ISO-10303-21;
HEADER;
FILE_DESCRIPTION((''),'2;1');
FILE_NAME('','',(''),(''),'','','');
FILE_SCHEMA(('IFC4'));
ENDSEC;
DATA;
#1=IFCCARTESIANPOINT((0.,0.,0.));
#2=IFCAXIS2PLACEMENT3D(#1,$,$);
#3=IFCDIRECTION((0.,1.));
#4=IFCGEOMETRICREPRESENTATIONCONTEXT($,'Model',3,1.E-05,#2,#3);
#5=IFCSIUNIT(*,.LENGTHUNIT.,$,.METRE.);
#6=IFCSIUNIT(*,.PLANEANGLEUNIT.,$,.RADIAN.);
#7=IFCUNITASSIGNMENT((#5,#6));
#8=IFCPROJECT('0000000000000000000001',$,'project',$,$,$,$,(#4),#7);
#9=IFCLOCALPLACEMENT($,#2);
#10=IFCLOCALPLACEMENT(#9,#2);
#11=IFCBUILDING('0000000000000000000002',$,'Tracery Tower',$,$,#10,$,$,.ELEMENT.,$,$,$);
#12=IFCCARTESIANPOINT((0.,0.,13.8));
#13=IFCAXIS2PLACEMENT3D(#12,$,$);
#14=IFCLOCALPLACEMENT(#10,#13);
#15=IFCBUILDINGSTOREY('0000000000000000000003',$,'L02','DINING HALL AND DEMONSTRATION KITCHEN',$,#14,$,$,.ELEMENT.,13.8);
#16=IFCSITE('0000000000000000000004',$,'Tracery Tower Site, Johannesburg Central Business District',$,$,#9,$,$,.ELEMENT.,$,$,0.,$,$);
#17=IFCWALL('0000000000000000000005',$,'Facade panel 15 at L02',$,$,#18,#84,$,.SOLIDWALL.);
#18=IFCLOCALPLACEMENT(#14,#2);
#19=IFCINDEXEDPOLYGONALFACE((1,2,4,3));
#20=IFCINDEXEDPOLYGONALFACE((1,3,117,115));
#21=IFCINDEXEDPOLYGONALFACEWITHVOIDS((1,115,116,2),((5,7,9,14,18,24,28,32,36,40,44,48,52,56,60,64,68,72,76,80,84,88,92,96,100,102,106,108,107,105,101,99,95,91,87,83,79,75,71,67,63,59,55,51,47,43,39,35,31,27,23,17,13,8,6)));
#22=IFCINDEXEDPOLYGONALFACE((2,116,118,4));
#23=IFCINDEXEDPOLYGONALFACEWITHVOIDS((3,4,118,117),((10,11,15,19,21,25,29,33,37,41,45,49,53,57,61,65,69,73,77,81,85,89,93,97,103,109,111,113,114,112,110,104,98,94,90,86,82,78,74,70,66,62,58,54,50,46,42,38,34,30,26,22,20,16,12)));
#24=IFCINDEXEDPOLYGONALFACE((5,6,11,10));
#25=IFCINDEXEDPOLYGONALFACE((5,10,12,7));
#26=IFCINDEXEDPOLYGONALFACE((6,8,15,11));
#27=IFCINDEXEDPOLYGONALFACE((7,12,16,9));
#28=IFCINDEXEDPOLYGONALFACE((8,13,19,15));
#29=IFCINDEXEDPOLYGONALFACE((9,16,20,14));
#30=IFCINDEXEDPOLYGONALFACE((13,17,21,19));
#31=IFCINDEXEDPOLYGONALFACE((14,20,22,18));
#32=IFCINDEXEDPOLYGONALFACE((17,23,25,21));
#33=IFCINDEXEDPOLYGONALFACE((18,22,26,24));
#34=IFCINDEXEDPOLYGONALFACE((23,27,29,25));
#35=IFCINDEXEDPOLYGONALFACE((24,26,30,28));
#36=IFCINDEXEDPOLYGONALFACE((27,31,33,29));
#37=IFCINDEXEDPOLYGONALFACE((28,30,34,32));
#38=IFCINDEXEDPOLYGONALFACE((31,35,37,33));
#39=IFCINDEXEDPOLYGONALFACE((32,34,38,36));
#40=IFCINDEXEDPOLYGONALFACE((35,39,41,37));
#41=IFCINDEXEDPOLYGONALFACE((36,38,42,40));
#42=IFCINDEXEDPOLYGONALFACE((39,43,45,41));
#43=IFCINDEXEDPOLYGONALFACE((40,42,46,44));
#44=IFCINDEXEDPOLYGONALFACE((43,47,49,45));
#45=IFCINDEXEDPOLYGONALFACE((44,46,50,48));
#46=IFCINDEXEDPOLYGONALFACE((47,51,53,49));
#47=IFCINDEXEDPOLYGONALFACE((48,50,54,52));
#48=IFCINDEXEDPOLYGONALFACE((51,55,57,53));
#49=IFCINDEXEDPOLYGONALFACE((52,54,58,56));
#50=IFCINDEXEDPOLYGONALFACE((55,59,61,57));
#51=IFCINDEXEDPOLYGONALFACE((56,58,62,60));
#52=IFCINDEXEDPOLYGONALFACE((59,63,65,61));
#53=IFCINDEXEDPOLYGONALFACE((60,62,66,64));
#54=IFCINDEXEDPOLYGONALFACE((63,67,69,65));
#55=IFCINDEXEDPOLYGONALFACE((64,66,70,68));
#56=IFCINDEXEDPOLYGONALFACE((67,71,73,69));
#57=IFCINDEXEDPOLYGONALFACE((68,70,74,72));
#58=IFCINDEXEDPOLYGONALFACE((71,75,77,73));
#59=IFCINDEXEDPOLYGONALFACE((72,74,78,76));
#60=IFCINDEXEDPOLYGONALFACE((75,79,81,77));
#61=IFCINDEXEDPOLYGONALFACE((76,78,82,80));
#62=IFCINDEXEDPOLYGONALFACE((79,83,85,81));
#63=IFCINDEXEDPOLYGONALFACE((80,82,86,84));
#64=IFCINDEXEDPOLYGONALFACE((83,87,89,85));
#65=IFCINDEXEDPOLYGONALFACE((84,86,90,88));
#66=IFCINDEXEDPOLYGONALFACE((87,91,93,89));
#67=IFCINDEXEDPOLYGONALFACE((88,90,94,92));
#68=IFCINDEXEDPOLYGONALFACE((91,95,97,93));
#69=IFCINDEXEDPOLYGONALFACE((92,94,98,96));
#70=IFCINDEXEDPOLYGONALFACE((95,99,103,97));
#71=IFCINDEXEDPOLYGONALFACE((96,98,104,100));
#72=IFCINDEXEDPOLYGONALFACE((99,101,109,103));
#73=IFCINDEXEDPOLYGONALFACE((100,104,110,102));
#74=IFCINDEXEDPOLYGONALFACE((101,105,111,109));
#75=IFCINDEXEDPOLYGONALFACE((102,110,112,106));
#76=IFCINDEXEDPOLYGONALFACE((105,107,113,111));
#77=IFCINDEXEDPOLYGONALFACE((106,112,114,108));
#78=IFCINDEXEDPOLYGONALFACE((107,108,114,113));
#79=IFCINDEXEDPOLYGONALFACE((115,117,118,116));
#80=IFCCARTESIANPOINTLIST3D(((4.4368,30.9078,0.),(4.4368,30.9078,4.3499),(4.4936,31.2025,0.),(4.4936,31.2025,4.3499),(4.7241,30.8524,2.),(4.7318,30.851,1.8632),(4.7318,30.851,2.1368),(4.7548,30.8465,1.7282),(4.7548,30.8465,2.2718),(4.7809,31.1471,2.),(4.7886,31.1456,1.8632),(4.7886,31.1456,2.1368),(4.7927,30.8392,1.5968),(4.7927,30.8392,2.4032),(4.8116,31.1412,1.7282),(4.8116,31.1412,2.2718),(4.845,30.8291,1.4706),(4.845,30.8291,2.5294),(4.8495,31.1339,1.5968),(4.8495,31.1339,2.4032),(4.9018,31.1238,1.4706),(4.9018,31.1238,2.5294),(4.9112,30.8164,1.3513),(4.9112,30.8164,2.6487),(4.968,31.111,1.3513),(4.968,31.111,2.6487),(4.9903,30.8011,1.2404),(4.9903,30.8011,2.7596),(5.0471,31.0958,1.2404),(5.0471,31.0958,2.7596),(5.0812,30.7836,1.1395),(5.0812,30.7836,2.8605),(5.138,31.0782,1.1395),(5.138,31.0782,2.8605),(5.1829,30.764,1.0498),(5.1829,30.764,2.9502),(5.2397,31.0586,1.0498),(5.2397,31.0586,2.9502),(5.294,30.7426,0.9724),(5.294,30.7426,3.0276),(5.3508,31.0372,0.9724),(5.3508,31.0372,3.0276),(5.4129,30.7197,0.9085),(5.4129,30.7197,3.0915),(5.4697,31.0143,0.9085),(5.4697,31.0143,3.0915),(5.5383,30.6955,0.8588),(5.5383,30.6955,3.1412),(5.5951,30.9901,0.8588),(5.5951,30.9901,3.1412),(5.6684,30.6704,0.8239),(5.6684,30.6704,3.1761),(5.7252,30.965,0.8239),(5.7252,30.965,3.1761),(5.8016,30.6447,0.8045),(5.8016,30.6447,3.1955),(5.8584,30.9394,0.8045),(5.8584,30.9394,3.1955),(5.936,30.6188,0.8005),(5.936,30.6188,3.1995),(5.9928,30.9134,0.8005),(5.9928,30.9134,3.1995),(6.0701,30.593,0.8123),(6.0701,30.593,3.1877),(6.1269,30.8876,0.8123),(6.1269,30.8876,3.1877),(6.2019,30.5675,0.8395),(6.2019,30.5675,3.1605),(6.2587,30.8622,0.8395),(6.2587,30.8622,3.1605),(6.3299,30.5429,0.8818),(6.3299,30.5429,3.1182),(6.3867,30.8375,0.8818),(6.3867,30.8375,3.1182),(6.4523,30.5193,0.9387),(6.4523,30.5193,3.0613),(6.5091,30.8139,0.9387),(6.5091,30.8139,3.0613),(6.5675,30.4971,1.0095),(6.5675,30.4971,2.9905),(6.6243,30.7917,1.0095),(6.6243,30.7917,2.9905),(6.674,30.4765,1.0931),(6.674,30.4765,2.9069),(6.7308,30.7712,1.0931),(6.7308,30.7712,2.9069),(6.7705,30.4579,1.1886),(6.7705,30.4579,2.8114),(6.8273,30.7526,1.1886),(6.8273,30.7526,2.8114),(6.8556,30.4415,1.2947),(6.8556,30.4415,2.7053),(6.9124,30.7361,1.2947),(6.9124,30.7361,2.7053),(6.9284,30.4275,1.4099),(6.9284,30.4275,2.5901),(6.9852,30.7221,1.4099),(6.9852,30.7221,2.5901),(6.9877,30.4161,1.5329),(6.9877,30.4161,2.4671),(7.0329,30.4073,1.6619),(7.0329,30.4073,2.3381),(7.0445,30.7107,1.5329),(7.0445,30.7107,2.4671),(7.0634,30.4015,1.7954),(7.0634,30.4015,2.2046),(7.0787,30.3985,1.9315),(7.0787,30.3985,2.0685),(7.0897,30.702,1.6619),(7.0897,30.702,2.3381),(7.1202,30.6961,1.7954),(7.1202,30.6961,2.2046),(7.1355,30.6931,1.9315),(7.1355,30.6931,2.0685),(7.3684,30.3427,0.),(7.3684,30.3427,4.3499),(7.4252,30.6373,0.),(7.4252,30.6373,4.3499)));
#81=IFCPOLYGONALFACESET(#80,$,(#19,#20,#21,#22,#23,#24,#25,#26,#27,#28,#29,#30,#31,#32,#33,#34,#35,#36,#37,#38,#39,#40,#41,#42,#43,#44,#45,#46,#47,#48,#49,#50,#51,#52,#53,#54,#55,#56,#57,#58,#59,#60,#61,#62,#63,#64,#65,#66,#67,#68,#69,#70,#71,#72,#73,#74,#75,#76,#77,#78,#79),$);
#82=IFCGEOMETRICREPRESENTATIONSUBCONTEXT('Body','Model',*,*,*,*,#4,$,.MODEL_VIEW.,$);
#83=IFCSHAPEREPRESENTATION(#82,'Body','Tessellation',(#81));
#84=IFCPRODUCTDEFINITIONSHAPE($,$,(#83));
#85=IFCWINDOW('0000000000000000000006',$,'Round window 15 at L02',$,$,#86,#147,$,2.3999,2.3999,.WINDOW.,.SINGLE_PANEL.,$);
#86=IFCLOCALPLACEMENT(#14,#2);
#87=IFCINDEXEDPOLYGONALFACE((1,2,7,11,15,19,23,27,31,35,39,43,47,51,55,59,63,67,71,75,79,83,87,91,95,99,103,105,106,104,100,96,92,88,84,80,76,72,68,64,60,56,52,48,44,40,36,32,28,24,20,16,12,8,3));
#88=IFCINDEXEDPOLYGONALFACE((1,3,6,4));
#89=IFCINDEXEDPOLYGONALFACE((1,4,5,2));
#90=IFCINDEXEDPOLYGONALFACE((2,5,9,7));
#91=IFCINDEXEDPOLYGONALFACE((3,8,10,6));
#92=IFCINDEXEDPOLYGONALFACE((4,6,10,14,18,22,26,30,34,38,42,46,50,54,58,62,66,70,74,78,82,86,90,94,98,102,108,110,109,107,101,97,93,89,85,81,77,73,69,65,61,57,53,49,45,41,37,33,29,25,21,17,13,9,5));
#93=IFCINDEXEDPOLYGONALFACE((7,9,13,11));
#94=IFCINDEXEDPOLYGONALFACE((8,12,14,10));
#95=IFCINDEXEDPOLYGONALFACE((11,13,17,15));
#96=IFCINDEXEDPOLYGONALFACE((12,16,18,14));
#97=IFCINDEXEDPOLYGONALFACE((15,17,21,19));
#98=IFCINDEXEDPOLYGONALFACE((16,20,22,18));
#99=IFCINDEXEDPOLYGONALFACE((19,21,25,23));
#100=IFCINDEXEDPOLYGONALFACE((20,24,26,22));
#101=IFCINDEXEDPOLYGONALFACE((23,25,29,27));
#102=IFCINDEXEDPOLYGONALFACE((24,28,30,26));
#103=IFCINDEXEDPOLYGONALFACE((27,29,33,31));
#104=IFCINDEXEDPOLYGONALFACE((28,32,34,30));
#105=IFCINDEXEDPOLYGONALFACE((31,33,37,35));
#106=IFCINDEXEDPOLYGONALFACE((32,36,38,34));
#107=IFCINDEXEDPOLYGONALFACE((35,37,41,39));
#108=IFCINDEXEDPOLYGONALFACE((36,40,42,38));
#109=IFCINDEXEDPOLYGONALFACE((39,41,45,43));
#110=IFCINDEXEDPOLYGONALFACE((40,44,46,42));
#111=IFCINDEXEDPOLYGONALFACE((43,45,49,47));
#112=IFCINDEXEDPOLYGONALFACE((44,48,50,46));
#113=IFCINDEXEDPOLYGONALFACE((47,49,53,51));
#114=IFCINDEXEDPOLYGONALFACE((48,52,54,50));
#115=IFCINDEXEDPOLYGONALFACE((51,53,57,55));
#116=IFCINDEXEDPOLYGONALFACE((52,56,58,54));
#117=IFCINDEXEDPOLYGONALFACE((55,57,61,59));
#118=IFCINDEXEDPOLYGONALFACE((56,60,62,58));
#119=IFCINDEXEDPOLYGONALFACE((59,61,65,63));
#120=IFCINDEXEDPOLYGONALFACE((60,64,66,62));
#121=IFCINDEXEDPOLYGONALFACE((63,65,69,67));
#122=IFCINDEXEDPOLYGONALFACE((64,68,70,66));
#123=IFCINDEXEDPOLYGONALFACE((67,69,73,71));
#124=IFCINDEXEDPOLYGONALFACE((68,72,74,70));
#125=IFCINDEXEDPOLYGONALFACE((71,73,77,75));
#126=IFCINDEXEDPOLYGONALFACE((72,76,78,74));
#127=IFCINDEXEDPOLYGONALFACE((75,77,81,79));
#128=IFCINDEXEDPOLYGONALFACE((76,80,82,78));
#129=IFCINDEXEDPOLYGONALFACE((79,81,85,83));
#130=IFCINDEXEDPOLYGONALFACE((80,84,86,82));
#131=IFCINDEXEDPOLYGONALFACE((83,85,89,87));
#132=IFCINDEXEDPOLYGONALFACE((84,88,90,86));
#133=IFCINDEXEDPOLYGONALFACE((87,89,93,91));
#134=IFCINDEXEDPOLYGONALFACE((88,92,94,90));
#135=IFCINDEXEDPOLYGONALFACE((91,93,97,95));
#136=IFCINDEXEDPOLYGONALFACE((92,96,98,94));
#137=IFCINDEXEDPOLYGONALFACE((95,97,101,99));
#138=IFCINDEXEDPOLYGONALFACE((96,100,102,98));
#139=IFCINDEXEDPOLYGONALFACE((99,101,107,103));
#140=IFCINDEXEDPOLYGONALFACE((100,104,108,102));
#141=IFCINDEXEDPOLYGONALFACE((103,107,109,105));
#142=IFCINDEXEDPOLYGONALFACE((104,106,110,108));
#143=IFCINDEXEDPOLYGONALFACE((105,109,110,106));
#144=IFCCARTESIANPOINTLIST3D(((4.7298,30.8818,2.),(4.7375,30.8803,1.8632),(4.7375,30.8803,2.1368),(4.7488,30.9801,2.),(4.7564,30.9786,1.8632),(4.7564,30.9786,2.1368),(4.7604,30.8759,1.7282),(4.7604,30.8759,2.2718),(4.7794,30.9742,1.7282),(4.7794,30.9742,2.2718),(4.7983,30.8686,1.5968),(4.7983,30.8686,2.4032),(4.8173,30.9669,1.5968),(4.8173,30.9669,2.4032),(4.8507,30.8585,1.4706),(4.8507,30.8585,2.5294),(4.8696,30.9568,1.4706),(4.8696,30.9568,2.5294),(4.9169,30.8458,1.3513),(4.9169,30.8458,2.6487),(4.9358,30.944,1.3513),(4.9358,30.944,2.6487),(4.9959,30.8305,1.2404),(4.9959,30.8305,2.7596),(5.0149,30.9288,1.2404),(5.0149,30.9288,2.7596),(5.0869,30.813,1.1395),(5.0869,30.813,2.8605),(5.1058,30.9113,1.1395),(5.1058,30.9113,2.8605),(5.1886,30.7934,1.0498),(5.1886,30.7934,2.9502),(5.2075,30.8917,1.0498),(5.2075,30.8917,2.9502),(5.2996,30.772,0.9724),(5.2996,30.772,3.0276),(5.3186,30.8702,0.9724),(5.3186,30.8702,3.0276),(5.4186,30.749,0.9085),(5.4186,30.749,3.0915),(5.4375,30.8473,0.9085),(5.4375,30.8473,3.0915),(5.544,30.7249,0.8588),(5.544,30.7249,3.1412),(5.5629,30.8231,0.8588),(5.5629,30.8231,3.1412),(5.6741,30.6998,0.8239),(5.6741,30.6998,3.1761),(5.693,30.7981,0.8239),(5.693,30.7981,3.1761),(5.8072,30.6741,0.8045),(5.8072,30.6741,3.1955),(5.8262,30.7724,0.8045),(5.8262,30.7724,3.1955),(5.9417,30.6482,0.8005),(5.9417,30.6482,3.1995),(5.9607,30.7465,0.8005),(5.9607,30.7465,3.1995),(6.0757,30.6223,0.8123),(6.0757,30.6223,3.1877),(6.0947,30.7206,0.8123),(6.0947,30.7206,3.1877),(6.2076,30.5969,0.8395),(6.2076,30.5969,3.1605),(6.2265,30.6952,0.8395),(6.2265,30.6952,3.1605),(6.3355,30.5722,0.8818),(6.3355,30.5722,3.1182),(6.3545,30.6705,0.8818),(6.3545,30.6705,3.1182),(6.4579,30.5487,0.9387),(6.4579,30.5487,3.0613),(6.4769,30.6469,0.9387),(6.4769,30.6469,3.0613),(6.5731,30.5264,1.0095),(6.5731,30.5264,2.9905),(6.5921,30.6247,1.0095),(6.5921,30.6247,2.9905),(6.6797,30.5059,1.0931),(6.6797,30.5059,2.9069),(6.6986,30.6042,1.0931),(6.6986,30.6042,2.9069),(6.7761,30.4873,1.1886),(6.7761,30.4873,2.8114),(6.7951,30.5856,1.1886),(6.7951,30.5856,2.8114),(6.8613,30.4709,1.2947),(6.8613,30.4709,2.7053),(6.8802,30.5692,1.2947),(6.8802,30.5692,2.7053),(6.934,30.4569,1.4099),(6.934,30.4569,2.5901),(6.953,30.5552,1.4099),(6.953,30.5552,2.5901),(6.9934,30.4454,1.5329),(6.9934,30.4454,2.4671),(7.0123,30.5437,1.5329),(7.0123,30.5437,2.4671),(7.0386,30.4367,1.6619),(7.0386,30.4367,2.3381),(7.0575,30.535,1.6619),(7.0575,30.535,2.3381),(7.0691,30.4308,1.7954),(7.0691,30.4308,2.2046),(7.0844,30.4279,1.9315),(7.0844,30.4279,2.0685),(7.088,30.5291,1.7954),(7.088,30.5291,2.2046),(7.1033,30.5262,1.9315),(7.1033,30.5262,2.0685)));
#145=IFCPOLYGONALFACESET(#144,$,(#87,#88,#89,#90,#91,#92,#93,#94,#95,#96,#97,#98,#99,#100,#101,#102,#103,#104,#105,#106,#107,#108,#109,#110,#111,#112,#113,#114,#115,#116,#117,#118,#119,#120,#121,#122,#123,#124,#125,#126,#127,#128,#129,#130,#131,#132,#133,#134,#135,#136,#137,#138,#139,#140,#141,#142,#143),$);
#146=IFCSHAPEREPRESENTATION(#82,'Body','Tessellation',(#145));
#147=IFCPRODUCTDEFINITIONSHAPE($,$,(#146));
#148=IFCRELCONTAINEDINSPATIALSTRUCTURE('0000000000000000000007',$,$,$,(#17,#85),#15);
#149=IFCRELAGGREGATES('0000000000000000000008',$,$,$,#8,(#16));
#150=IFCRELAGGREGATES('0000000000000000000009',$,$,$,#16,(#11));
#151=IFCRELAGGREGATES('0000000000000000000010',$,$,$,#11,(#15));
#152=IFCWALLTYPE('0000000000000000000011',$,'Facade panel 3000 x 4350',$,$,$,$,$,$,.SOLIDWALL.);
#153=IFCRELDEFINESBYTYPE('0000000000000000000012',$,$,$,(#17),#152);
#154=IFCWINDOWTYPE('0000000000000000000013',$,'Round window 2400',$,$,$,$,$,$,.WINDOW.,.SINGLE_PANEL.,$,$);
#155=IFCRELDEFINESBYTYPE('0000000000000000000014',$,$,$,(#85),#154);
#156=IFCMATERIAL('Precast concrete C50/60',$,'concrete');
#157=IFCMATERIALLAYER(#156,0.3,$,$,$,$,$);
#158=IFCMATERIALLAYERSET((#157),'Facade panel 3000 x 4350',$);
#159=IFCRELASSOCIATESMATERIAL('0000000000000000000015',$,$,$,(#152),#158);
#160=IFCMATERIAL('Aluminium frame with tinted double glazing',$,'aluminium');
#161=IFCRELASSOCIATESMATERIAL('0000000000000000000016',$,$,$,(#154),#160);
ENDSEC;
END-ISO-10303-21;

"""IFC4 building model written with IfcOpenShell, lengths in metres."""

from ifc_helpers import new_model, si_unit, direction, frame, frame_2d, origin, origin_2d, place, context, subcontext, project, spatial, rectangle, circle, extrude, material, layer, layer_set, type_object, element, fill, save


model = new_model("IFC4")

# Units and contexts
model_context = context("Model", 3, precision=1e-05, world=origin(), true_north=direction((0.0, 1.0)))
body_context = subcontext(model_context, "Body", "Model", "MODEL_VIEW")
ifc_project = project(units=[si_unit("LENGTHUNIT", "METRE"), si_unit("PLANEANGLEUNIT", "RADIAN")], contexts=[model_context])

# Site, building, storey
site_placement = place(None, origin())
site = spatial("IfcSite", under=ifc_project, at=site_placement, Name="Tracery Tower Site, Johannesburg Central Business District", CompositionType="ELEMENT", RefElevation=0.0)
building_placement = place(site_placement, origin())
building = spatial("IfcBuilding", under=site, at=building_placement, Name="Tracery Tower", CompositionType="ELEMENT")
storey_placement = place(building_placement, frame((0.0, 0.0, 13.8)))
storey = spatial("IfcBuildingStorey", under=building, at=storey_placement, Name="L02", Description="DINING HALL AND DEMONSTRATION KITCHEN", CompositionType="ELEMENT", Elevation=13.8)

# Wall, opening, window
ifc_material_1 = material(Name="Precast concrete C50/60", Category="concrete")
ifc_layer_1 = layer(ifc_material_1, 0.3)
ifc_layer_set_1 = layer_set([ifc_layer_1], Name="Facade panel 3000 x 4350")
wall_type_1 = type_object("IfcWallType", Name="Facade panel 3000 x 4350", PredefinedType="SOLIDWALL", material=ifc_layer_set_1)
wall_1_placement = place(storey_placement, frame((7.3967, 30.49, 0.0), z_axis=(0.0, 0.0, 1.0), x_axis=(-0.981919, 0.189302, 0.0)))
wall_1 = element("IfcWall", 1, at=wall_1_placement, inside=storey, type_object=wall_type_1, Name="Facade panel 15 at L02", PredefinedType="SOLIDWALL", context=body_context, shape_type="SweptSolid", body=[
    extrude(rectangle(XDim=2.9856, YDim=0.3, at=frame_2d((1.4927, 0.0))), origin(), (0.0, 0.0, 1.0), 4.3499),
])
opening_1_placement = place(wall_1_placement, frame((1.4929, 0.0, 2.0)))
opening_1 = element("IfcOpeningElement", 2, at=opening_1_placement, cuts=wall_1, PredefinedType="OPENING", context=body_context, shape_type="SweptSolid", body=[
    extrude(circle(Radius=1.2, at=origin_2d()), frame((0.0, 0.1599, 0.0), z_axis=(0.0, -1.0, 0.0), x_axis=(1.0, 0.0, 0.0)), (0.0, 0.0, 1.0), 0.3201),
])
ifc_material_2 = material(Name="Aluminium frame with tinted double glazing", Category="aluminium")
window_type = type_object("IfcWindowType", Name="Round window 2400", PartitioningType="SINGLE_PANEL", PredefinedType="WINDOW", material=ifc_material_2)
window_1_placement = place(opening_1_placement, origin())
window_1 = element("IfcWindow", 3, at=window_1_placement, inside=storey, type_object=window_type, Name="Round window 15 at L02", OverallHeight=2.3999, OverallWidth=2.3999, PartitioningType="SINGLE_PANEL", PredefinedType="WINDOW", context=body_context, shape_type="SweptSolid", body=[
    extrude(circle(Radius=1.2, at=origin_2d()), frame((0.0, 0.1201, 0.0), z_axis=(0.0, -1.0, 0.0), x_axis=(1.0, 0.0, 0.0)), (0.0, 0.0, 1.0), 0.1001),
])
fill(opening_1, window_1)

save(model, "model.ifc")
